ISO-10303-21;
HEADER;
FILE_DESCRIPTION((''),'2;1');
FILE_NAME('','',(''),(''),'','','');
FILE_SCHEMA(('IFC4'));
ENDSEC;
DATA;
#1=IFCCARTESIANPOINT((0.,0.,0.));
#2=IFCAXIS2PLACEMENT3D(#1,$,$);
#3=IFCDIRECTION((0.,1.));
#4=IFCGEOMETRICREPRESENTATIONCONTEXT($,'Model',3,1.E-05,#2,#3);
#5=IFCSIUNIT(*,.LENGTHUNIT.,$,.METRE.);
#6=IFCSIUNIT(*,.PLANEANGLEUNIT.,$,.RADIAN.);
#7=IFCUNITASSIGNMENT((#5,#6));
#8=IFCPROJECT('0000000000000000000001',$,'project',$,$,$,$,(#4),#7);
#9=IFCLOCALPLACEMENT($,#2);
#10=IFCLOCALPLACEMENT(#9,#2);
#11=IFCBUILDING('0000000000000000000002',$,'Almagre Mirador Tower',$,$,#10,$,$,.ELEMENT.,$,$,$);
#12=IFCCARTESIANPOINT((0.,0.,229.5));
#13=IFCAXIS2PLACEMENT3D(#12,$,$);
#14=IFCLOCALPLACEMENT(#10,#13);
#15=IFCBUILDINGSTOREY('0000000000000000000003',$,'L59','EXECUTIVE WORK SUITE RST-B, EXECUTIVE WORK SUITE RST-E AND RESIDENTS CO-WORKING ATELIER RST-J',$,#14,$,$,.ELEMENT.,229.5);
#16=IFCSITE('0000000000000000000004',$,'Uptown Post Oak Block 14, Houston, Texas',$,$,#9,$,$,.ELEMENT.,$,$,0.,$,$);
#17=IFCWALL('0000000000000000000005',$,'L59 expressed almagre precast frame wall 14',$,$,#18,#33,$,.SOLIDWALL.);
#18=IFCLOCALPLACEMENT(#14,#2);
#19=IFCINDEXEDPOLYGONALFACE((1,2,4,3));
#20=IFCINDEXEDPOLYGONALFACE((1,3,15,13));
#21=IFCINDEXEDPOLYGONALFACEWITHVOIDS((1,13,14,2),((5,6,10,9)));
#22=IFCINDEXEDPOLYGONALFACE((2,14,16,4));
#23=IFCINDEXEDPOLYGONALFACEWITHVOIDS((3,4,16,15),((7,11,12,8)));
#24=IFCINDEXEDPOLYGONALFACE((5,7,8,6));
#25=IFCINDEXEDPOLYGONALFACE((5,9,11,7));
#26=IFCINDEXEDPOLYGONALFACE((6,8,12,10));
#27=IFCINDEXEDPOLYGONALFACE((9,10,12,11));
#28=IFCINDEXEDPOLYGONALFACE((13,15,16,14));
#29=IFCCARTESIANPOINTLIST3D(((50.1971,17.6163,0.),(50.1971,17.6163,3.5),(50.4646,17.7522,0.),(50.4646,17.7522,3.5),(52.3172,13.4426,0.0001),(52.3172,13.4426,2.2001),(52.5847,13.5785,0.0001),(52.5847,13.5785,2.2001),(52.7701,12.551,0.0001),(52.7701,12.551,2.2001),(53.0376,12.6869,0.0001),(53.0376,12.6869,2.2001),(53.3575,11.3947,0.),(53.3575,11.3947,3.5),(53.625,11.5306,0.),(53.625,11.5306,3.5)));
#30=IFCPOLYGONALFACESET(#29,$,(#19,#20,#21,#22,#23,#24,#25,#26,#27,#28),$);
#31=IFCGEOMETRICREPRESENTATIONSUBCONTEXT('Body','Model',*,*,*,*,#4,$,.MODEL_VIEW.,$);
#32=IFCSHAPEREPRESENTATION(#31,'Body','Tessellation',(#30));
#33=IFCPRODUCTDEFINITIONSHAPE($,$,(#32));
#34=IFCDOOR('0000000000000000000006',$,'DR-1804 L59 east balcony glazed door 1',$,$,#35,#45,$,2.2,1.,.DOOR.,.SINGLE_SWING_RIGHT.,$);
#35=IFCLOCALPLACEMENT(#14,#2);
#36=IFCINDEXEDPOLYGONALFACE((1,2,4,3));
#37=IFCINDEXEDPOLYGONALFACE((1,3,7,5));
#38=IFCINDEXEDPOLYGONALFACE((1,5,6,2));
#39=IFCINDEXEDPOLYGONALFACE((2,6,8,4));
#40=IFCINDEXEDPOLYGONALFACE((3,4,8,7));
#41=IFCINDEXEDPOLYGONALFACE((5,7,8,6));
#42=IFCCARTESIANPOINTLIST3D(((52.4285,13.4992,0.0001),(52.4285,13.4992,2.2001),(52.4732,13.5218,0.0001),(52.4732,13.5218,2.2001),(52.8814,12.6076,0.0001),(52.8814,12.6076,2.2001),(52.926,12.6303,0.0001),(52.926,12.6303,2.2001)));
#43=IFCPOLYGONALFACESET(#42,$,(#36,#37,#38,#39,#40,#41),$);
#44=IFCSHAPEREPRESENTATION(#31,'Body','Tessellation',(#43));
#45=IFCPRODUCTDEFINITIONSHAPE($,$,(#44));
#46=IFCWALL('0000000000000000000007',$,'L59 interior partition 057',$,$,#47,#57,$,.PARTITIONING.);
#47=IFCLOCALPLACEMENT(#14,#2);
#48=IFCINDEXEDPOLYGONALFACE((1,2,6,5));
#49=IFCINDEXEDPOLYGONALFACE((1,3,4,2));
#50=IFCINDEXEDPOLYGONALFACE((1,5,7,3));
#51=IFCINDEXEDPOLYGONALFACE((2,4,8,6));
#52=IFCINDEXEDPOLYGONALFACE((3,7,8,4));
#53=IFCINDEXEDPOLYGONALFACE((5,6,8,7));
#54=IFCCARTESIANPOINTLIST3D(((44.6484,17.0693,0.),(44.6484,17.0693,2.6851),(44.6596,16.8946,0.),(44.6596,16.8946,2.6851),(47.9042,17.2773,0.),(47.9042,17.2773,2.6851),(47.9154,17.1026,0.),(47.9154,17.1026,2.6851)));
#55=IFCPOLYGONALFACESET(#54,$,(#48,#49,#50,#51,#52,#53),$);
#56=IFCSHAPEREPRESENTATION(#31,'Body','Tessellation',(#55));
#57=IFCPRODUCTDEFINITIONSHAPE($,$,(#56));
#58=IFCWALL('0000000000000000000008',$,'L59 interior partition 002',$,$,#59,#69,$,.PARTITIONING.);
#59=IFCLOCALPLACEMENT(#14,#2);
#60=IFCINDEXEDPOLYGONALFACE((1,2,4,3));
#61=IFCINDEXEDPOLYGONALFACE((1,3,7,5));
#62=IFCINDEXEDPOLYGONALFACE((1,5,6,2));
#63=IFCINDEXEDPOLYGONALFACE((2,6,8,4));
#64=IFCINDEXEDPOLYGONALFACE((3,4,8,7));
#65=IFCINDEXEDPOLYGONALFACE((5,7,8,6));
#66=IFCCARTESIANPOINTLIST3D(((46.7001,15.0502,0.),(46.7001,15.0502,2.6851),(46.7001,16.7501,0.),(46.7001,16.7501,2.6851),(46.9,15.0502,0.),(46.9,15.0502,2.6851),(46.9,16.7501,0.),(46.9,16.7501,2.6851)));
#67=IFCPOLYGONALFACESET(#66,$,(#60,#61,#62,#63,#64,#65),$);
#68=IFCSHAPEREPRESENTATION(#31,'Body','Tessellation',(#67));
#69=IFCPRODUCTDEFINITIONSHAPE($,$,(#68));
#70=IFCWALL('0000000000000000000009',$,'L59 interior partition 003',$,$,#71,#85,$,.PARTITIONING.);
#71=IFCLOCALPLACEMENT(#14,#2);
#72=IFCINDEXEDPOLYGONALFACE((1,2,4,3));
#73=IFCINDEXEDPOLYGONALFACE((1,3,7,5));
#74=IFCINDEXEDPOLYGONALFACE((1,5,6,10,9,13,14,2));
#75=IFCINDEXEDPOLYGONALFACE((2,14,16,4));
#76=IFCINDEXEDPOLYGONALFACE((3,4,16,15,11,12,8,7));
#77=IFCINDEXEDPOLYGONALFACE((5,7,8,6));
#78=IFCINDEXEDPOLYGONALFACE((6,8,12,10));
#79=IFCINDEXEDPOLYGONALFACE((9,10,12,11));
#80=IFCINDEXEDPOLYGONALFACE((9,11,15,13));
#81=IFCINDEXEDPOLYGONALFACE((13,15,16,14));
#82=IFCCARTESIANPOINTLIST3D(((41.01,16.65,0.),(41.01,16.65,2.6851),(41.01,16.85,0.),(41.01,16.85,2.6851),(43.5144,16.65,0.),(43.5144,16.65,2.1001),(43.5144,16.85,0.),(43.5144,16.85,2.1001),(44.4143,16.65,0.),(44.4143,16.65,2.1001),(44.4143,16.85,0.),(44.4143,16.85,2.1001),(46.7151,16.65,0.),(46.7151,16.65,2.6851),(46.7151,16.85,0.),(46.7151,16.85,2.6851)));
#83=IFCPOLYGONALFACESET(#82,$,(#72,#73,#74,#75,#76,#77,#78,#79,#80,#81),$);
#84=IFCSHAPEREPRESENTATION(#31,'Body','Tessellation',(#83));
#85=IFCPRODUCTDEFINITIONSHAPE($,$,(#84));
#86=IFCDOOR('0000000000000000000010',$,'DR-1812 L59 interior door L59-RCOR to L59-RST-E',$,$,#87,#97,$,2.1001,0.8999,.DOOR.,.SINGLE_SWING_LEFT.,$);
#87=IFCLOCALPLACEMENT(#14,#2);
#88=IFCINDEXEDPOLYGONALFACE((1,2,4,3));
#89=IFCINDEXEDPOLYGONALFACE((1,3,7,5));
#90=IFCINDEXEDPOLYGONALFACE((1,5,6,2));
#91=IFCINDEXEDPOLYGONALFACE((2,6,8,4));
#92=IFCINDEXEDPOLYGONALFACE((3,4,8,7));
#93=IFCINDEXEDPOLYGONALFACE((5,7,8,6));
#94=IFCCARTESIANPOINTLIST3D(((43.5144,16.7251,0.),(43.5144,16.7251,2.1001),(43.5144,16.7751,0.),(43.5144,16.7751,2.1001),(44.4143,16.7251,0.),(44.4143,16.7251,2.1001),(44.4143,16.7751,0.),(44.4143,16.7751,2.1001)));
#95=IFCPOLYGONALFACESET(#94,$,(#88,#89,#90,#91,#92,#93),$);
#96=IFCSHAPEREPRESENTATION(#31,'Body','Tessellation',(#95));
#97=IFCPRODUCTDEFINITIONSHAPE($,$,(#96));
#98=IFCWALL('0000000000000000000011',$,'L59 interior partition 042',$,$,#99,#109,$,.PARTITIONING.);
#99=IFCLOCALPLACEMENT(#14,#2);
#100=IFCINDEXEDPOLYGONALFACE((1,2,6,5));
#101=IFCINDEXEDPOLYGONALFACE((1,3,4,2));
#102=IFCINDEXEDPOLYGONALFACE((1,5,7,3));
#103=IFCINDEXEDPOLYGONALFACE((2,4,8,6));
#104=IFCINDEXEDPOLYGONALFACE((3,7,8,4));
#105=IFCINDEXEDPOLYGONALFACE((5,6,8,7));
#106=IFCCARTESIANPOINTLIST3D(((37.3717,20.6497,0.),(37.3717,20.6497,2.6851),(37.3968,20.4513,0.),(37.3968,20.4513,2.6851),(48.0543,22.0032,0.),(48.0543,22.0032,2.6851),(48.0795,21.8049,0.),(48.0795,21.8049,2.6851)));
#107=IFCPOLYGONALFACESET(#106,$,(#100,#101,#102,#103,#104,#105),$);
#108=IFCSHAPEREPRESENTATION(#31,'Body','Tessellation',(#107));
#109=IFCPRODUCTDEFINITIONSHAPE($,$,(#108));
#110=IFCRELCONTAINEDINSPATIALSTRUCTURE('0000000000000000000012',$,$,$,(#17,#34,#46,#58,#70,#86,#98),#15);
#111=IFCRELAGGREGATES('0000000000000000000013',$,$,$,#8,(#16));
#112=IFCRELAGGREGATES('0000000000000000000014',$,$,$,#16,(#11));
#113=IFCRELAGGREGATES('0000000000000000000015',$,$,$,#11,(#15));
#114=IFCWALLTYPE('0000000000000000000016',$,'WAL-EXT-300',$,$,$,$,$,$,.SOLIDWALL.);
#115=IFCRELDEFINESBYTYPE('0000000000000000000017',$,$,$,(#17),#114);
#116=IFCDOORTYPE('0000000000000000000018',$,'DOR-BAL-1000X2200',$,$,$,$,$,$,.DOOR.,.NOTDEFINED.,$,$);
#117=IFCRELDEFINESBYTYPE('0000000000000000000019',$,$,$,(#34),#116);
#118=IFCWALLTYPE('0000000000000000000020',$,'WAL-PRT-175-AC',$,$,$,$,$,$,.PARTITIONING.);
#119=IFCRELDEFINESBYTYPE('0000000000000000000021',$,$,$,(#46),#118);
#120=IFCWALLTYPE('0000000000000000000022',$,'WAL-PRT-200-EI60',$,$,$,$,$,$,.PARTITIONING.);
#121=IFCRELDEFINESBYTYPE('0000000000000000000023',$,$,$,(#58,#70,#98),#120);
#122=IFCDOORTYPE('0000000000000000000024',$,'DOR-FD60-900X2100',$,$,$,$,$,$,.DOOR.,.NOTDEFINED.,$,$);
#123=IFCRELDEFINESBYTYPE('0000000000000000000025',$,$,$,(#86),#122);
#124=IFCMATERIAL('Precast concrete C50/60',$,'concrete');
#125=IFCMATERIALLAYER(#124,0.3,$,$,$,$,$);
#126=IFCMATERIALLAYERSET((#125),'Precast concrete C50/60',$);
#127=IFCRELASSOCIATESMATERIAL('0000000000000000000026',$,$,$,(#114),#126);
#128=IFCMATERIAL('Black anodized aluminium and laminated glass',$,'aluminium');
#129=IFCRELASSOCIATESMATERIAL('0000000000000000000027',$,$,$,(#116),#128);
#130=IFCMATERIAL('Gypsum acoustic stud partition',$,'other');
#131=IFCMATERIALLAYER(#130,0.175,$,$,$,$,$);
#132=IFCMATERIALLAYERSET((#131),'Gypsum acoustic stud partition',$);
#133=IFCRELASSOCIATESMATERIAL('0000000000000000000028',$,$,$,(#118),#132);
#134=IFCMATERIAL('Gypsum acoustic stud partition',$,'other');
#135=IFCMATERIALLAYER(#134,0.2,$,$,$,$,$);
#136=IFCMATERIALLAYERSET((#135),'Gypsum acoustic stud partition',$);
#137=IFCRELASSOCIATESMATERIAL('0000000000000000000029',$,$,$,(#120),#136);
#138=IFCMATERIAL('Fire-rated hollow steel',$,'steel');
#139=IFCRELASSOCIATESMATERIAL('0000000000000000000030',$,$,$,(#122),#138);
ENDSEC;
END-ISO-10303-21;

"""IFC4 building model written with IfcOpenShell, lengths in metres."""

from ifc_helpers import new_model, si_unit, direction, frame, frame_2d, origin, place, context, subcontext, project, spatial, rectangle, extrude, material, layer, layer_set, type_object, element, fill, save


model = new_model("IFC4")

# Units and contexts
model_context = context("Model", 3, precision=1e-05, world=origin(), true_north=direction((0.0, 1.0)))
body_context = subcontext(model_context, "Body", "Model", "MODEL_VIEW")
ifc_project = project(units=[si_unit("LENGTHUNIT", "METRE"), si_unit("PLANEANGLEUNIT", "RADIAN")], contexts=[model_context])

# Site, building, storey
site_placement = place(None, origin())
site = spatial("IfcSite", under=ifc_project, at=site_placement, Name="Uptown Post Oak Block 14, Houston, Texas", CompositionType="ELEMENT", RefElevation=0.0)
building_placement = place(site_placement, origin())
building = spatial("IfcBuilding", under=site, at=building_placement, Name="Almagre Mirador Tower", CompositionType="ELEMENT")
storey_placement = place(building_placement, frame((0.0, 0.0, 229.5)))
storey = spatial("IfcBuildingStorey", under=building, at=storey_placement, Name="L59", Description="EXECUTIVE WORK SUITE RST-B, EXECUTIVE WORK SUITE RST-E AND RESIDENTS CO-WORKING ATELIER RST-J", CompositionType="ELEMENT", Elevation=229.5)

# Shared definitions
ifc_material_1 = material(Name="Precast concrete C50/60", Category="concrete")
ifc_layer_1 = layer(ifc_material_1, 0.3)
ifc_layer_set_1 = layer_set([ifc_layer_1], Name="Precast concrete C50/60")
wall_type_1 = type_object("IfcWallType", Name="WAL-EXT-300", PredefinedType="SOLIDWALL", material=ifc_layer_set_1)

# Wall, opening, door
wall_1_placement = place(storey_placement, frame((50.3308, 17.6843, 0.0), z_axis=(0.0, 0.0, 1.0), x_axis=(0.452886, -0.891568, 0.0)))
wall_1 = element("IfcWall", 1, at=wall_1_placement, inside=storey, type_object=wall_type_1, Name="L59 expressed almagre precast frame wall 14", PredefinedType="SOLIDWALL", context=body_context, shape_type="SweptSolid", body=[
    extrude(rectangle(XDim=6.9783, YDim=0.3, at=frame_2d((3.4893, 0.0))), origin(), (0.0, 0.0, 1.0), 3.5),
])
opening_1_placement = place(wall_1_placement, frame((4.6814, 0.0, 0.0)))
opening_1 = element("IfcOpeningElement", 2, at=opening_1_placement, cuts=wall_1, PredefinedType="OPENING", context=body_context, shape_type="SweptSolid", body=[
    extrude(rectangle(XDim=1.0, YDim=2.2, at=frame_2d((0.5, 1.1001))), frame((0.0, 0.1599, 0.0), z_axis=(0.0, -1.0, 0.0), x_axis=(1.0, 0.0, 0.0)), (0.0, 0.0, 1.0), 0.32),
])
ifc_material_2 = material(Name="Black anodized aluminium and laminated glass", Category="aluminium")
door_type_1 = type_object("IfcDoorType", Name="DOR-BAL-1000X2200", OperationType="NOTDEFINED", PredefinedType="DOOR", material=ifc_material_2)
door_1_placement = place(opening_1_placement, origin())
door_1 = element("IfcDoor", 3, at=door_1_placement, inside=storey, type_object=door_type_1, Name="DR-1804 L59 east balcony glazed door 1", OperationType="SINGLE_SWING_RIGHT", OverallHeight=2.2, OverallWidth=1.0, PredefinedType="DOOR", context=body_context, shape_type="SweptSolid", body=[
    extrude(rectangle(XDim=1.0, YDim=2.2, at=frame_2d((0.5, 1.1001))), frame((0.0, 0.0249, 0.0), z_axis=(0.0, -1.0, 0.0), x_axis=(1.0, 0.0, 0.0)), (0.0, 0.0, 1.0), 0.05),
])
fill(opening_1, door_1)

# Walls
ifc_material_3 = material(Name="Gypsum acoustic stud partition", Category="other")
ifc_layer_2 = layer(ifc_material_3, 0.175)
ifc_layer_set_2 = layer_set([ifc_layer_2], Name="Gypsum acoustic stud partition")
wall_type_2 = type_object("IfcWallType", Name="WAL-PRT-175-AC", PredefinedType="PARTITIONING", material=ifc_layer_set_2)
wall_2_placement = place(storey_placement, frame((47.9099, 17.1899, 0.0), z_axis=(0.0, 0.0, 1.0), x_axis=(-0.997965, -0.063757, 0.0)))
element("IfcWall", 4, at=wall_2_placement, inside=storey, type_object=wall_type_2, Name="L59 interior partition 057", PredefinedType="PARTITIONING", context=body_context, shape_type="SweptSolid", body=[
    extrude(rectangle(XDim=3.2625, YDim=0.175, at=frame_2d((1.6313, 0.0))), origin(), (0.0, 0.0, 1.0), 2.6851),
])
ifc_material_4 = material(Name="Gypsum acoustic stud partition", Category="other")
ifc_layer_3 = layer(ifc_material_4, 0.2)
ifc_layer_set_3 = layer_set([ifc_layer_3], Name="Gypsum acoustic stud partition")
wall_type_3 = type_object("IfcWallType", Name="WAL-PRT-200-EI60", PredefinedType="PARTITIONING", material=ifc_layer_set_3)
wall_3_placement = place(storey_placement, frame((46.8, 15.05, 0.0), z_axis=(0.0, 0.0, 1.0), x_axis=(0.0, 1.0, 0.0)))
element("IfcWall", 5, at=wall_3_placement, inside=storey, type_object=wall_type_3, Name="L59 interior partition 002", PredefinedType="PARTITIONING", context=body_context, shape_type="SweptSolid", body=[
    extrude(rectangle(XDim=1.7, YDim=0.2, at=frame_2d((0.8501, 0.0))), origin(), (0.0, 0.0, 1.0), 2.6851),
])

# Wall, opening, door
wall_4_placement = place(storey_placement, frame((46.7151, 16.75, 0.0), z_axis=(0.0, 0.0, 1.0), x_axis=(-1.0, 0.0, 0.0)))
wall_4 = element("IfcWall", 6, at=wall_4_placement, inside=storey, type_object=wall_type_3, Name="L59 interior partition 003", PredefinedType="PARTITIONING", context=body_context, shape_type="SweptSolid", body=[
    extrude(rectangle(XDim=5.7051, YDim=0.2, at=frame_2d((2.8525, 0.0))), origin(), (0.0, 0.0, 1.0), 2.6851),
])
opening_2_placement = place(wall_4_placement, frame((2.3008, 0.0, 0.0)))
opening_2 = element("IfcOpeningElement", 7, at=opening_2_placement, cuts=wall_4, PredefinedType="OPENING", context=body_context, shape_type="SweptSolid", body=[
    extrude(rectangle(XDim=0.8999, YDim=2.1001, at=frame_2d((0.45, 1.05))), frame((0.0, 0.1101, 0.0), z_axis=(0.0, -1.0, 0.0), x_axis=(1.0, 0.0, 0.0)), (0.0, 0.0, 1.0), 0.22),
])
ifc_material_5 = material(Name="Fire-rated hollow steel", Category="steel")
door_type_2 = type_object("IfcDoorType", Name="DOR-FD60-900X2100", OperationType="NOTDEFINED", PredefinedType="DOOR", material=ifc_material_5)
door_2_placement = place(opening_2_placement, origin())
door_2 = element("IfcDoor", 8, at=door_2_placement, inside=storey, type_object=door_type_2, Name="DR-1812 L59 interior door L59-RCOR to L59-RST-E", OperationType="SINGLE_SWING_LEFT", OverallHeight=2.1001, OverallWidth=0.8999, PredefinedType="DOOR", context=body_context, shape_type="SweptSolid", body=[
    extrude(rectangle(XDim=0.8999, YDim=2.1001, at=frame_2d((0.45, 1.05))), frame((0.0, 0.0249, 0.0), z_axis=(0.0, -1.0, 0.0), x_axis=(1.0, 0.0, 0.0)), (0.0, 0.0, 1.0), 0.05),
])
fill(opening_2, door_2)

# Wall
wall_5_placement = place(storey_placement, frame((48.0669, 21.9041, 0.0), z_axis=(0.0, 0.0, 1.0), x_axis=(-0.992069, -0.125698, 0.0)))
element("IfcWall", 9, at=wall_5_placement, inside=storey, type_object=wall_type_3, Name="L59 interior partition 042", PredefinedType="PARTITIONING", context=body_context, shape_type="SweptSolid", body=[
    extrude(rectangle(XDim=10.7681, YDim=0.2, at=frame_2d((5.384, 0.0))), origin(), (0.0, 0.0, 1.0), 2.6851),
])

save(model, "model.ifc")
